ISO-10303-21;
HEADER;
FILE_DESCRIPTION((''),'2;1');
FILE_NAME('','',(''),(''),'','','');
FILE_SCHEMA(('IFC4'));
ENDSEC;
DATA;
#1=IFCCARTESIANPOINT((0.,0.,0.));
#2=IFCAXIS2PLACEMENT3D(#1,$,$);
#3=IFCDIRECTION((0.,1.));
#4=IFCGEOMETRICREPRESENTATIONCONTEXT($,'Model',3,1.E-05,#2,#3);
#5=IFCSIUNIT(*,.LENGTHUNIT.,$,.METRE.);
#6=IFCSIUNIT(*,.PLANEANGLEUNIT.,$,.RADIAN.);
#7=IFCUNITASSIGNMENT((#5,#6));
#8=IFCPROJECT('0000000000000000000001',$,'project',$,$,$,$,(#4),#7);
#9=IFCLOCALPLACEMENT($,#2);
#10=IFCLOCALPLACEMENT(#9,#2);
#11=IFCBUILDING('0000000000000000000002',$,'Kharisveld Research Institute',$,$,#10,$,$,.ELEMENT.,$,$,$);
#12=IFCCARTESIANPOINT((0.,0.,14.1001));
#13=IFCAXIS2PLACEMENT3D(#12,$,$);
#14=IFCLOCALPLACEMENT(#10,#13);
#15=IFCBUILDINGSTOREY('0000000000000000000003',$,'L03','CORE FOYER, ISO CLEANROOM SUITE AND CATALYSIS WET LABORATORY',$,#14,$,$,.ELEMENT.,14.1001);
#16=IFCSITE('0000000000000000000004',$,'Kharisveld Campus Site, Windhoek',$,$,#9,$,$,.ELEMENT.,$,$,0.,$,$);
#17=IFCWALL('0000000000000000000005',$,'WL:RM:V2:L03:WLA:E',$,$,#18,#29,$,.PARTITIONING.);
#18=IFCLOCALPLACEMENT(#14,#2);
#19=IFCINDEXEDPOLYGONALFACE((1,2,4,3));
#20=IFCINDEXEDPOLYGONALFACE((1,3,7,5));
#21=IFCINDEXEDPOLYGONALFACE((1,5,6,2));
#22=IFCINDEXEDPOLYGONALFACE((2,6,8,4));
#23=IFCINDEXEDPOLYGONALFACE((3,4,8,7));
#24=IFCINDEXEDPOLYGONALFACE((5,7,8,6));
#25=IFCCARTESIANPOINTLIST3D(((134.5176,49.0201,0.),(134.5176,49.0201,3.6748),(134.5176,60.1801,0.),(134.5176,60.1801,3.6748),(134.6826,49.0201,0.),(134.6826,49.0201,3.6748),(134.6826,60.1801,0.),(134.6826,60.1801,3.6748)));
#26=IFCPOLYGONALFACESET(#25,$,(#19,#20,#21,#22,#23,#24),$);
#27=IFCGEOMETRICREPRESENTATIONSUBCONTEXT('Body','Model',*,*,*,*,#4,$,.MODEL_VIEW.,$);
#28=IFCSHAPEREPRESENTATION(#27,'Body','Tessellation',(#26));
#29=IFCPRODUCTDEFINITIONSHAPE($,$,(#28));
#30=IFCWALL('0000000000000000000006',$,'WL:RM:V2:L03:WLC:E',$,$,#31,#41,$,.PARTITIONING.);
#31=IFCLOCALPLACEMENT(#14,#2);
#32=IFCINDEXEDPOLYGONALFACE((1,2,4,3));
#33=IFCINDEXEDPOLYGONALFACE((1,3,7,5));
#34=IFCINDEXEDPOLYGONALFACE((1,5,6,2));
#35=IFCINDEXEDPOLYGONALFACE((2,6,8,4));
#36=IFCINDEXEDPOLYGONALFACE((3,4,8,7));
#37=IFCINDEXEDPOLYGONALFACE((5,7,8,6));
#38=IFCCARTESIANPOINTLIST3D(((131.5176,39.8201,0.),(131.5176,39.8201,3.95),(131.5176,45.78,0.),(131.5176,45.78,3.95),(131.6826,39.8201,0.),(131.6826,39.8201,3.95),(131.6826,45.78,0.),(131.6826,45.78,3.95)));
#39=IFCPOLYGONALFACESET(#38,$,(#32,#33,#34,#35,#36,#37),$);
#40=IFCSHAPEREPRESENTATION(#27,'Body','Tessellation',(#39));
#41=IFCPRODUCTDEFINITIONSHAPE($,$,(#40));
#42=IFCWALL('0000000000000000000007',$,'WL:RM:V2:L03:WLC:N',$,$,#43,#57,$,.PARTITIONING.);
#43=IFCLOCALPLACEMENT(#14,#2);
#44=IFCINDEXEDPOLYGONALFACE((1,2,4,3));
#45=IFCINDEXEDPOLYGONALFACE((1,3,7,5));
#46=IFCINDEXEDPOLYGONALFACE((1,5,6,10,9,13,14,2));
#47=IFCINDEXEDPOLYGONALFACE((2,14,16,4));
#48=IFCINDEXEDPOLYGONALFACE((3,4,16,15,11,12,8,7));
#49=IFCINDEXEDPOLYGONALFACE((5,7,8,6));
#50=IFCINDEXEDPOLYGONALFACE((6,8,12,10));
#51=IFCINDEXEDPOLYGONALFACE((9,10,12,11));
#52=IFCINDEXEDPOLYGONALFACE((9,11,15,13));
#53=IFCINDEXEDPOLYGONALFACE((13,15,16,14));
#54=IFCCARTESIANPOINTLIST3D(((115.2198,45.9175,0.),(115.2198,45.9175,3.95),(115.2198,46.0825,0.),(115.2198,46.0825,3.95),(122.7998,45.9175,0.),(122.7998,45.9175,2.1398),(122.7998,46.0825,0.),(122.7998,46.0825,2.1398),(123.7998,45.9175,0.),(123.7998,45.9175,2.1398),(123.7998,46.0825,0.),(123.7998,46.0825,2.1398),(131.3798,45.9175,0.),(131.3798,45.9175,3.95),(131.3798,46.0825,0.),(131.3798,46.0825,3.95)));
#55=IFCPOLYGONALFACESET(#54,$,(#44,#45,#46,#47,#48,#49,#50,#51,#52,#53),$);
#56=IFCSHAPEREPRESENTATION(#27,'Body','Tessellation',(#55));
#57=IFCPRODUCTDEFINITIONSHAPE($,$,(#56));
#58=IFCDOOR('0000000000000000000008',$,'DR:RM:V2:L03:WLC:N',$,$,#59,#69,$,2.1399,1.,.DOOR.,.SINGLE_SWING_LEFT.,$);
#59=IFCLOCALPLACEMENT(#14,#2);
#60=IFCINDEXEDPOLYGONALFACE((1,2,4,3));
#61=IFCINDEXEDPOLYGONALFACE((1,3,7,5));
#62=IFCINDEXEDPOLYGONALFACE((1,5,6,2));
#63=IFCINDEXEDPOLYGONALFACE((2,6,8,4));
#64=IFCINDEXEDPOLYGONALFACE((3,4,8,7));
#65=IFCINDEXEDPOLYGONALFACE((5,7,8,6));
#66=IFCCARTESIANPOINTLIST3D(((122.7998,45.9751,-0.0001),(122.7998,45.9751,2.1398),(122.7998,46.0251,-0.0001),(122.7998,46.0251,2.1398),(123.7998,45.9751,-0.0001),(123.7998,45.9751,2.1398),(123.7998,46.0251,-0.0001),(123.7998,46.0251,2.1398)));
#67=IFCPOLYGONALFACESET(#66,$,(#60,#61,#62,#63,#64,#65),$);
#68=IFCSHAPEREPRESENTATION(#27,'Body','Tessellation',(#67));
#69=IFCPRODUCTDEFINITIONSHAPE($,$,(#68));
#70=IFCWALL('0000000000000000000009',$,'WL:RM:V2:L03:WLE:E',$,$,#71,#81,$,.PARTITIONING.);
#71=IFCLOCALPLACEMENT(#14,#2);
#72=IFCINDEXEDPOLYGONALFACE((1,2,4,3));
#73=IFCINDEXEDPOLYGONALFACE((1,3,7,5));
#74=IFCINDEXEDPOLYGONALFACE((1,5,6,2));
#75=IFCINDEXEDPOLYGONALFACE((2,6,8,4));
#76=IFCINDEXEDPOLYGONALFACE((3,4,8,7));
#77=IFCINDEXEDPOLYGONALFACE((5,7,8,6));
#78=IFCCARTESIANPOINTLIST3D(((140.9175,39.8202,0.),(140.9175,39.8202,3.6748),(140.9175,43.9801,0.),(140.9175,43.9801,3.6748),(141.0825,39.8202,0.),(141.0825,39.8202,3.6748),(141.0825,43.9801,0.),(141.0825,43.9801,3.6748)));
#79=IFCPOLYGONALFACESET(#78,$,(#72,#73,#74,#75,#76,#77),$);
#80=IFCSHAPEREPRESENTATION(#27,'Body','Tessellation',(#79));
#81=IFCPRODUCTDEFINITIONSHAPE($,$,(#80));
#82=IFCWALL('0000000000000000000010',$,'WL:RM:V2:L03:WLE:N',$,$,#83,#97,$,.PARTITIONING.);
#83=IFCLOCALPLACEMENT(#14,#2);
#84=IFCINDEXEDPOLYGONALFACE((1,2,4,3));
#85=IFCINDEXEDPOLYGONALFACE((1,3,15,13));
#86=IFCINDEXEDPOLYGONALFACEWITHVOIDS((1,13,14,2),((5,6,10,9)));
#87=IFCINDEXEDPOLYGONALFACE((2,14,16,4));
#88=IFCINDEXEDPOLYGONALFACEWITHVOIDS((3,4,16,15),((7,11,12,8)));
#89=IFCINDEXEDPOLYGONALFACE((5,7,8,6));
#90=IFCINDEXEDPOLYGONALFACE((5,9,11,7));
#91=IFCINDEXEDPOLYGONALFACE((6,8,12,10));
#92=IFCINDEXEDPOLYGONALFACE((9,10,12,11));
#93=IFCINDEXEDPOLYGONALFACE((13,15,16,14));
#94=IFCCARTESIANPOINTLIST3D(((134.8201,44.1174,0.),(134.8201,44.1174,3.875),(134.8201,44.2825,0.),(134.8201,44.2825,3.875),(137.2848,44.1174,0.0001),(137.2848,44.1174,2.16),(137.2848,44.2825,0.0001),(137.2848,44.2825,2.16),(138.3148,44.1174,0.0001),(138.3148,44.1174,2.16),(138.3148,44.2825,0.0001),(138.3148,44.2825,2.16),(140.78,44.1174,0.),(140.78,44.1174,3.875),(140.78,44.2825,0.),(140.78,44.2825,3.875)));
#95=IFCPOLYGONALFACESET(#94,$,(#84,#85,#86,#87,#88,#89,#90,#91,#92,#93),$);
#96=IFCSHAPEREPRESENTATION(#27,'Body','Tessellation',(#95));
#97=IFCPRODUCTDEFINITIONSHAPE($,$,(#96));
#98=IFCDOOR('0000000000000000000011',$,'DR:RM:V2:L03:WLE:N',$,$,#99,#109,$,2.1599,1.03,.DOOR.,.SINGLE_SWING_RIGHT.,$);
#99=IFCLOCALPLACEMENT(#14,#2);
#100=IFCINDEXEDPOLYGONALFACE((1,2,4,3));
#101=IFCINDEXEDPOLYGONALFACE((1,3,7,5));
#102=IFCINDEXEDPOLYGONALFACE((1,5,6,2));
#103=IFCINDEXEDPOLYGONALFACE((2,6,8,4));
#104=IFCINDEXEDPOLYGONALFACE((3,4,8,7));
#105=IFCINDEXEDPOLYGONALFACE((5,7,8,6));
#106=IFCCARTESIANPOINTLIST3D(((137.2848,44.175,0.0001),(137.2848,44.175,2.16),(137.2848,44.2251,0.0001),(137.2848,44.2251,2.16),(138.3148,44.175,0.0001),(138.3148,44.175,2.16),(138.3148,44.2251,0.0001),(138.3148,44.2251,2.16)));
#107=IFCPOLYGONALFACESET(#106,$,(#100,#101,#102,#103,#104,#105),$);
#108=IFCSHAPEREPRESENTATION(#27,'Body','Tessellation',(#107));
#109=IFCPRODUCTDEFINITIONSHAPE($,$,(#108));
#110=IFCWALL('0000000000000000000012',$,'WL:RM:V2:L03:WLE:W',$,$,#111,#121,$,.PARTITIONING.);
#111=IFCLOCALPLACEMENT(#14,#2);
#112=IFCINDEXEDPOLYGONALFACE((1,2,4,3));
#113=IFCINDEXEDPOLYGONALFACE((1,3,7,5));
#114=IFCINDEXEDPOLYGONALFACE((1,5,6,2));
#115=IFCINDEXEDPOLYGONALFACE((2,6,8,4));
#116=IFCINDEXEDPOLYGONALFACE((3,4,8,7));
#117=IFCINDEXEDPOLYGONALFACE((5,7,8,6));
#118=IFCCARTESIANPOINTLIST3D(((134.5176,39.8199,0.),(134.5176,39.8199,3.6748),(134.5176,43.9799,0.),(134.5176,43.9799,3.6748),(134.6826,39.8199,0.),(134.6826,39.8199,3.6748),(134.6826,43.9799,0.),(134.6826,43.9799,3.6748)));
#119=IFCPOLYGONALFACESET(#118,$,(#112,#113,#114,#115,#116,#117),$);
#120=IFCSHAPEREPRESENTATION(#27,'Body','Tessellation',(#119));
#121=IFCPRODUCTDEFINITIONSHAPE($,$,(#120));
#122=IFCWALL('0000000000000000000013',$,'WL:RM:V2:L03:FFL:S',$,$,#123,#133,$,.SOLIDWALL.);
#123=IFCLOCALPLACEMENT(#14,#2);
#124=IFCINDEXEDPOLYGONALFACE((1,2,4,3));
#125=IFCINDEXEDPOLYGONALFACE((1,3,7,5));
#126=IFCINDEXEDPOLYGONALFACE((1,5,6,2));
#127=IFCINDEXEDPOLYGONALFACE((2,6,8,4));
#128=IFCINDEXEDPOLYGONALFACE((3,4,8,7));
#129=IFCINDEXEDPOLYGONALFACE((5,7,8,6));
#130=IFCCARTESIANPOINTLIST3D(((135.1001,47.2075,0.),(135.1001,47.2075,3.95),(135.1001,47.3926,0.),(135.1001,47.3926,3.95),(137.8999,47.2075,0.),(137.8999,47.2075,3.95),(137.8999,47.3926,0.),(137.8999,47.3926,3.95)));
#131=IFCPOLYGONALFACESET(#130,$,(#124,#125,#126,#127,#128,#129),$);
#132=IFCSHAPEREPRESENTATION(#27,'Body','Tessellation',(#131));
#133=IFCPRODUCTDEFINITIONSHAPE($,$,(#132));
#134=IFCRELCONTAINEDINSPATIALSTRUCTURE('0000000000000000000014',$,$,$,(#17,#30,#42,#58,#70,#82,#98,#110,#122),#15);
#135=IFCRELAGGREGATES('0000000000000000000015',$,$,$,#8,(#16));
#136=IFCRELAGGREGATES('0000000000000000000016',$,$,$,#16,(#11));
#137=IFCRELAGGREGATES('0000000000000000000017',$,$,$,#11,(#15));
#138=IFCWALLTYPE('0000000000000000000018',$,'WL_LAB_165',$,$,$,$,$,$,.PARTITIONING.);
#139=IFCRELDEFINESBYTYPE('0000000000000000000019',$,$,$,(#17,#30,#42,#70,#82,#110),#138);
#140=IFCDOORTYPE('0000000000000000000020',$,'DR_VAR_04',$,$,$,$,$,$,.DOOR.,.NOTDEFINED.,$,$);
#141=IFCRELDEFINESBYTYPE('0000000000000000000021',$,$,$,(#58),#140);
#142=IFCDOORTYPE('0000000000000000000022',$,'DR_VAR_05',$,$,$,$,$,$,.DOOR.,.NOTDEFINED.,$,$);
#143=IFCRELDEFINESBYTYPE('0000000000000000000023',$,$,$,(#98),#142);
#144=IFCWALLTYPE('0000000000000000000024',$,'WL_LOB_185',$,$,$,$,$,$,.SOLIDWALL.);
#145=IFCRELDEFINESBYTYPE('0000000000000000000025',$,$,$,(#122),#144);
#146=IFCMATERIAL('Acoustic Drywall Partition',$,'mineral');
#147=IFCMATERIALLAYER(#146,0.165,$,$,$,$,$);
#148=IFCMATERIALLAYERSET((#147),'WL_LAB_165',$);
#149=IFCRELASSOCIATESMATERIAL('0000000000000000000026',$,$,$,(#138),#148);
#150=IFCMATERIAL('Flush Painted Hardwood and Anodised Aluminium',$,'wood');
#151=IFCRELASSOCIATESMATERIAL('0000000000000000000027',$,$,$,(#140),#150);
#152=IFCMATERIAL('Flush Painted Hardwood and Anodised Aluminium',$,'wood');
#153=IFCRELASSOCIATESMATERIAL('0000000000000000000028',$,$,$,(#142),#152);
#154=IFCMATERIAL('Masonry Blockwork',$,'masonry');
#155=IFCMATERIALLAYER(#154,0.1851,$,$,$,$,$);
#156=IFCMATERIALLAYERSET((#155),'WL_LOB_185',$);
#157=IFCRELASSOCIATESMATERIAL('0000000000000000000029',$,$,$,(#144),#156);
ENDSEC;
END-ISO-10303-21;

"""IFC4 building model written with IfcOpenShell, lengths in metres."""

from ifc_helpers import new_model, si_unit, direction, frame, frame_2d, origin, place, context, subcontext, project, spatial, rectangle, extrude, material, layer, layer_set, type_object, element, fill, save


model = new_model("IFC4")

# Units and contexts
model_context = context("Model", 3, precision=1e-05, world=origin(), true_north=direction((0.0, 1.0)))
body_context = subcontext(model_context, "Body", "Model", "MODEL_VIEW")
ifc_project = project(units=[si_unit("LENGTHUNIT", "METRE"), si_unit("PLANEANGLEUNIT", "RADIAN")], contexts=[model_context])

# Site, building, storey
site_placement = place(None, origin())
site = spatial("IfcSite", under=ifc_project, at=site_placement, Name="Kharisveld Campus Site, Windhoek", CompositionType="ELEMENT", RefElevation=0.0)
building_placement = place(site_placement, origin())
building = spatial("IfcBuilding", under=site, at=building_placement, Name="Kharisveld Research Institute", CompositionType="ELEMENT")
storey_placement = place(building_placement, frame((0.0, 0.0, 14.1001)))
storey = spatial("IfcBuildingStorey", under=building, at=storey_placement, Name="L03", Description="CORE FOYER, ISO CLEANROOM SUITE AND CATALYSIS WET LABORATORY", CompositionType="ELEMENT", Elevation=14.1001)

# Walls
ifc_material_1 = material(Name="Acoustic Drywall Partition", Category="mineral")
ifc_layer_1 = layer(ifc_material_1, 0.165)
ifc_layer_set_1 = layer_set([ifc_layer_1], Name="WL_LAB_165")
wall_type_1 = type_object("IfcWallType", Name="WL_LAB_165", PredefinedType="PARTITIONING", material=ifc_layer_set_1)
wall_1_placement = place(storey_placement, frame((134.6001, 49.02, 0.0), z_axis=(0.0, 0.0, 1.0), x_axis=(0.0, 1.0, 0.0)))
element("IfcWall", 1, at=wall_1_placement, inside=storey, type_object=wall_type_1, Name="WL:RM:V2:L03:WLA:E", PredefinedType="PARTITIONING", context=body_context, shape_type="SweptSolid", body=[
    extrude(rectangle(XDim=11.1599, YDim=0.165, at=frame_2d((5.5801, 0.0))), origin(), (0.0, 0.0, 1.0), 3.6748),
])
wall_2_placement = place(storey_placement, frame((131.6001, 39.8201, 0.0), z_axis=(0.0, 0.0, 1.0), x_axis=(0.0, 1.0, 0.0)))
element("IfcWall", 2, at=wall_2_placement, inside=storey, type_object=wall_type_1, Name="WL:RM:V2:L03:WLC:E", PredefinedType="PARTITIONING", context=body_context, shape_type="SweptSolid", body=[
    extrude(rectangle(XDim=5.96, YDim=0.165, at=frame_2d((2.98, 0.0))), origin(), (0.0, 0.0, 1.0), 3.95),
])

# Wall, opening, door
wall_3_placement = place(storey_placement, frame((131.3799, 46.0, 0.0), z_axis=(0.0, 0.0, 1.0), x_axis=(-1.0, 0.0, 0.0)))
wall_3 = element("IfcWall", 3, at=wall_3_placement, inside=storey, type_object=wall_type_1, Name="WL:RM:V2:L03:WLC:N", PredefinedType="PARTITIONING", context=body_context, shape_type="SweptSolid", body=[
    extrude(rectangle(XDim=16.1599, YDim=0.165, at=frame_2d((8.0801, 0.0))), origin(), (0.0, 0.0, 1.0), 3.95),
])
opening_1_placement = place(wall_3_placement, frame((7.5801, 0.0, 0.0)))
opening_1 = element("IfcOpeningElement", 4, at=opening_1_placement, cuts=wall_3, PredefinedType="OPENING", context=body_context, shape_type="SweptSolid", body=[
    extrude(rectangle(XDim=1.0, YDim=2.1399, at=frame_2d((0.5, 1.0698))), frame((0.0, 0.0825, 0.0), z_axis=(0.0, -1.0, 0.0), x_axis=(1.0, 0.0, 0.0)), (0.0, 0.0, 1.0), 0.165),
])
ifc_material_2 = material(Name="Flush Painted Hardwood and Anodised Aluminium", Category="wood")
door_type_1 = type_object("IfcDoorType", Name="DR_VAR_04", OperationType="NOTDEFINED", PredefinedType="DOOR", material=ifc_material_2)
door_1_placement = place(opening_1_placement, origin())
door_1 = element("IfcDoor", 5, at=door_1_placement, inside=storey, type_object=door_type_1, Name="DR:RM:V2:L03:WLC:N", OperationType="SINGLE_SWING_LEFT", OverallHeight=2.1399, OverallWidth=1.0, PredefinedType="DOOR", context=body_context, shape_type="SweptSolid", body=[
    extrude(rectangle(XDim=1.0, YDim=2.1399, at=frame_2d((0.5, 1.0698))), frame((0.0, 0.0249, 0.0), z_axis=(0.0, -1.0, 0.0), x_axis=(1.0, 0.0, 0.0)), (0.0, 0.0, 1.0), 0.05),
])
fill(opening_1, door_1)

# Wall
wall_4_placement = place(storey_placement, frame((141.0, 39.8201, 0.0), z_axis=(0.0, 0.0, 1.0), x_axis=(0.0, 1.0, 0.0)))
element("IfcWall", 6, at=wall_4_placement, inside=storey, type_object=wall_type_1, Name="WL:RM:V2:L03:WLE:E", PredefinedType="PARTITIONING", context=body_context, shape_type="SweptSolid", body=[
    extrude(rectangle(XDim=4.1599, YDim=0.165, at=frame_2d((2.0801, 0.0))), origin(), (0.0, 0.0, 1.0), 3.6748),
])

# Wall, opening, door
wall_5_placement = place(storey_placement, frame((140.78, 44.2, 0.0), z_axis=(0.0, 0.0, 1.0), x_axis=(-1.0, 0.0, 0.0)))
wall_5 = element("IfcWall", 7, at=wall_5_placement, inside=storey, type_object=wall_type_1, Name="WL:RM:V2:L03:WLE:N", PredefinedType="PARTITIONING", context=body_context, shape_type="SweptSolid", body=[
    extrude(rectangle(XDim=5.96, YDim=0.165, at=frame_2d((2.98, 0.0))), origin(), (0.0, 0.0, 1.0), 3.875),
])
opening_2_placement = place(wall_5_placement, frame((2.4651, 0.0, 0.0)))
opening_2 = element("IfcOpeningElement", 8, at=opening_2_placement, cuts=wall_5, PredefinedType="OPENING", context=body_context, shape_type="SweptSolid", body=[
    extrude(rectangle(XDim=1.03, YDim=2.1599, at=frame_2d((0.5151, 1.0801))), frame((0.0, 0.0825, 0.0), z_axis=(0.0, -1.0, 0.0), x_axis=(1.0, 0.0, 0.0)), (0.0, 0.0, 1.0), 0.165),
])
ifc_material_3 = material(Name="Flush Painted Hardwood and Anodised Aluminium", Category="wood")
door_type_2 = type_object("IfcDoorType", Name="DR_VAR_05", OperationType="NOTDEFINED", PredefinedType="DOOR", material=ifc_material_3)
door_2_placement = place(opening_2_placement, origin())
door_2 = element("IfcDoor", 9, at=door_2_placement, inside=storey, type_object=door_type_2, Name="DR:RM:V2:L03:WLE:N", OperationType="SINGLE_SWING_RIGHT", OverallHeight=2.1599, OverallWidth=1.03, PredefinedType="DOOR", context=body_context, shape_type="SweptSolid", body=[
    extrude(rectangle(XDim=1.03, YDim=2.1599, at=frame_2d((0.5151, 1.0801))), frame((0.0, 0.0249, 0.0), z_axis=(0.0, -1.0, 0.0), x_axis=(1.0, 0.0, 0.0)), (0.0, 0.0, 1.0), 0.05),
])
fill(opening_2, door_2)

# Walls
wall_6_placement = place(storey_placement, frame((134.6001, 43.98, 0.0), z_axis=(0.0, 0.0, 1.0), x_axis=(0.0, -1.0, 0.0)))
element("IfcWall", 10, at=wall_6_placement, inside=storey, type_object=wall_type_1, Name="WL:RM:V2:L03:WLE:W", PredefinedType="PARTITIONING", context=body_context, shape_type="SweptSolid", body=[
    extrude(rectangle(XDim=4.1599, YDim=0.165, at=frame_2d((2.0801, 0.0))), origin(), (0.0, 0.0, 1.0), 3.6748),
])
ifc_material_4 = material(Name="Masonry Blockwork", Category="masonry")
ifc_layer_2 = layer(ifc_material_4, 0.1851)
ifc_layer_set_2 = layer_set([ifc_layer_2], Name="WL_LOB_185")
wall_type_2 = type_object("IfcWallType", Name="WL_LOB_185", PredefinedType="SOLIDWALL", material=ifc_layer_set_2)
wall_7_placement = place(storey_placement, frame((135.1001, 47.3, 0.0), z_axis=(0.0, 0.0, 1.0), x_axis=(1.0, 0.0, 0.0)))
element("IfcWall", 11, at=wall_7_placement, inside=storey, type_object=wall_type_2, Name="WL:RM:V2:L03:FFL:S", PredefinedType="SOLIDWALL", context=body_context, shape_type="SweptSolid", body=[
    extrude(rectangle(XDim=2.7998, YDim=0.1851, at=frame_2d((1.3999, 0.0))), origin(), (0.0, 0.0, 1.0), 3.95),
])

save(model, "model.ifc")
